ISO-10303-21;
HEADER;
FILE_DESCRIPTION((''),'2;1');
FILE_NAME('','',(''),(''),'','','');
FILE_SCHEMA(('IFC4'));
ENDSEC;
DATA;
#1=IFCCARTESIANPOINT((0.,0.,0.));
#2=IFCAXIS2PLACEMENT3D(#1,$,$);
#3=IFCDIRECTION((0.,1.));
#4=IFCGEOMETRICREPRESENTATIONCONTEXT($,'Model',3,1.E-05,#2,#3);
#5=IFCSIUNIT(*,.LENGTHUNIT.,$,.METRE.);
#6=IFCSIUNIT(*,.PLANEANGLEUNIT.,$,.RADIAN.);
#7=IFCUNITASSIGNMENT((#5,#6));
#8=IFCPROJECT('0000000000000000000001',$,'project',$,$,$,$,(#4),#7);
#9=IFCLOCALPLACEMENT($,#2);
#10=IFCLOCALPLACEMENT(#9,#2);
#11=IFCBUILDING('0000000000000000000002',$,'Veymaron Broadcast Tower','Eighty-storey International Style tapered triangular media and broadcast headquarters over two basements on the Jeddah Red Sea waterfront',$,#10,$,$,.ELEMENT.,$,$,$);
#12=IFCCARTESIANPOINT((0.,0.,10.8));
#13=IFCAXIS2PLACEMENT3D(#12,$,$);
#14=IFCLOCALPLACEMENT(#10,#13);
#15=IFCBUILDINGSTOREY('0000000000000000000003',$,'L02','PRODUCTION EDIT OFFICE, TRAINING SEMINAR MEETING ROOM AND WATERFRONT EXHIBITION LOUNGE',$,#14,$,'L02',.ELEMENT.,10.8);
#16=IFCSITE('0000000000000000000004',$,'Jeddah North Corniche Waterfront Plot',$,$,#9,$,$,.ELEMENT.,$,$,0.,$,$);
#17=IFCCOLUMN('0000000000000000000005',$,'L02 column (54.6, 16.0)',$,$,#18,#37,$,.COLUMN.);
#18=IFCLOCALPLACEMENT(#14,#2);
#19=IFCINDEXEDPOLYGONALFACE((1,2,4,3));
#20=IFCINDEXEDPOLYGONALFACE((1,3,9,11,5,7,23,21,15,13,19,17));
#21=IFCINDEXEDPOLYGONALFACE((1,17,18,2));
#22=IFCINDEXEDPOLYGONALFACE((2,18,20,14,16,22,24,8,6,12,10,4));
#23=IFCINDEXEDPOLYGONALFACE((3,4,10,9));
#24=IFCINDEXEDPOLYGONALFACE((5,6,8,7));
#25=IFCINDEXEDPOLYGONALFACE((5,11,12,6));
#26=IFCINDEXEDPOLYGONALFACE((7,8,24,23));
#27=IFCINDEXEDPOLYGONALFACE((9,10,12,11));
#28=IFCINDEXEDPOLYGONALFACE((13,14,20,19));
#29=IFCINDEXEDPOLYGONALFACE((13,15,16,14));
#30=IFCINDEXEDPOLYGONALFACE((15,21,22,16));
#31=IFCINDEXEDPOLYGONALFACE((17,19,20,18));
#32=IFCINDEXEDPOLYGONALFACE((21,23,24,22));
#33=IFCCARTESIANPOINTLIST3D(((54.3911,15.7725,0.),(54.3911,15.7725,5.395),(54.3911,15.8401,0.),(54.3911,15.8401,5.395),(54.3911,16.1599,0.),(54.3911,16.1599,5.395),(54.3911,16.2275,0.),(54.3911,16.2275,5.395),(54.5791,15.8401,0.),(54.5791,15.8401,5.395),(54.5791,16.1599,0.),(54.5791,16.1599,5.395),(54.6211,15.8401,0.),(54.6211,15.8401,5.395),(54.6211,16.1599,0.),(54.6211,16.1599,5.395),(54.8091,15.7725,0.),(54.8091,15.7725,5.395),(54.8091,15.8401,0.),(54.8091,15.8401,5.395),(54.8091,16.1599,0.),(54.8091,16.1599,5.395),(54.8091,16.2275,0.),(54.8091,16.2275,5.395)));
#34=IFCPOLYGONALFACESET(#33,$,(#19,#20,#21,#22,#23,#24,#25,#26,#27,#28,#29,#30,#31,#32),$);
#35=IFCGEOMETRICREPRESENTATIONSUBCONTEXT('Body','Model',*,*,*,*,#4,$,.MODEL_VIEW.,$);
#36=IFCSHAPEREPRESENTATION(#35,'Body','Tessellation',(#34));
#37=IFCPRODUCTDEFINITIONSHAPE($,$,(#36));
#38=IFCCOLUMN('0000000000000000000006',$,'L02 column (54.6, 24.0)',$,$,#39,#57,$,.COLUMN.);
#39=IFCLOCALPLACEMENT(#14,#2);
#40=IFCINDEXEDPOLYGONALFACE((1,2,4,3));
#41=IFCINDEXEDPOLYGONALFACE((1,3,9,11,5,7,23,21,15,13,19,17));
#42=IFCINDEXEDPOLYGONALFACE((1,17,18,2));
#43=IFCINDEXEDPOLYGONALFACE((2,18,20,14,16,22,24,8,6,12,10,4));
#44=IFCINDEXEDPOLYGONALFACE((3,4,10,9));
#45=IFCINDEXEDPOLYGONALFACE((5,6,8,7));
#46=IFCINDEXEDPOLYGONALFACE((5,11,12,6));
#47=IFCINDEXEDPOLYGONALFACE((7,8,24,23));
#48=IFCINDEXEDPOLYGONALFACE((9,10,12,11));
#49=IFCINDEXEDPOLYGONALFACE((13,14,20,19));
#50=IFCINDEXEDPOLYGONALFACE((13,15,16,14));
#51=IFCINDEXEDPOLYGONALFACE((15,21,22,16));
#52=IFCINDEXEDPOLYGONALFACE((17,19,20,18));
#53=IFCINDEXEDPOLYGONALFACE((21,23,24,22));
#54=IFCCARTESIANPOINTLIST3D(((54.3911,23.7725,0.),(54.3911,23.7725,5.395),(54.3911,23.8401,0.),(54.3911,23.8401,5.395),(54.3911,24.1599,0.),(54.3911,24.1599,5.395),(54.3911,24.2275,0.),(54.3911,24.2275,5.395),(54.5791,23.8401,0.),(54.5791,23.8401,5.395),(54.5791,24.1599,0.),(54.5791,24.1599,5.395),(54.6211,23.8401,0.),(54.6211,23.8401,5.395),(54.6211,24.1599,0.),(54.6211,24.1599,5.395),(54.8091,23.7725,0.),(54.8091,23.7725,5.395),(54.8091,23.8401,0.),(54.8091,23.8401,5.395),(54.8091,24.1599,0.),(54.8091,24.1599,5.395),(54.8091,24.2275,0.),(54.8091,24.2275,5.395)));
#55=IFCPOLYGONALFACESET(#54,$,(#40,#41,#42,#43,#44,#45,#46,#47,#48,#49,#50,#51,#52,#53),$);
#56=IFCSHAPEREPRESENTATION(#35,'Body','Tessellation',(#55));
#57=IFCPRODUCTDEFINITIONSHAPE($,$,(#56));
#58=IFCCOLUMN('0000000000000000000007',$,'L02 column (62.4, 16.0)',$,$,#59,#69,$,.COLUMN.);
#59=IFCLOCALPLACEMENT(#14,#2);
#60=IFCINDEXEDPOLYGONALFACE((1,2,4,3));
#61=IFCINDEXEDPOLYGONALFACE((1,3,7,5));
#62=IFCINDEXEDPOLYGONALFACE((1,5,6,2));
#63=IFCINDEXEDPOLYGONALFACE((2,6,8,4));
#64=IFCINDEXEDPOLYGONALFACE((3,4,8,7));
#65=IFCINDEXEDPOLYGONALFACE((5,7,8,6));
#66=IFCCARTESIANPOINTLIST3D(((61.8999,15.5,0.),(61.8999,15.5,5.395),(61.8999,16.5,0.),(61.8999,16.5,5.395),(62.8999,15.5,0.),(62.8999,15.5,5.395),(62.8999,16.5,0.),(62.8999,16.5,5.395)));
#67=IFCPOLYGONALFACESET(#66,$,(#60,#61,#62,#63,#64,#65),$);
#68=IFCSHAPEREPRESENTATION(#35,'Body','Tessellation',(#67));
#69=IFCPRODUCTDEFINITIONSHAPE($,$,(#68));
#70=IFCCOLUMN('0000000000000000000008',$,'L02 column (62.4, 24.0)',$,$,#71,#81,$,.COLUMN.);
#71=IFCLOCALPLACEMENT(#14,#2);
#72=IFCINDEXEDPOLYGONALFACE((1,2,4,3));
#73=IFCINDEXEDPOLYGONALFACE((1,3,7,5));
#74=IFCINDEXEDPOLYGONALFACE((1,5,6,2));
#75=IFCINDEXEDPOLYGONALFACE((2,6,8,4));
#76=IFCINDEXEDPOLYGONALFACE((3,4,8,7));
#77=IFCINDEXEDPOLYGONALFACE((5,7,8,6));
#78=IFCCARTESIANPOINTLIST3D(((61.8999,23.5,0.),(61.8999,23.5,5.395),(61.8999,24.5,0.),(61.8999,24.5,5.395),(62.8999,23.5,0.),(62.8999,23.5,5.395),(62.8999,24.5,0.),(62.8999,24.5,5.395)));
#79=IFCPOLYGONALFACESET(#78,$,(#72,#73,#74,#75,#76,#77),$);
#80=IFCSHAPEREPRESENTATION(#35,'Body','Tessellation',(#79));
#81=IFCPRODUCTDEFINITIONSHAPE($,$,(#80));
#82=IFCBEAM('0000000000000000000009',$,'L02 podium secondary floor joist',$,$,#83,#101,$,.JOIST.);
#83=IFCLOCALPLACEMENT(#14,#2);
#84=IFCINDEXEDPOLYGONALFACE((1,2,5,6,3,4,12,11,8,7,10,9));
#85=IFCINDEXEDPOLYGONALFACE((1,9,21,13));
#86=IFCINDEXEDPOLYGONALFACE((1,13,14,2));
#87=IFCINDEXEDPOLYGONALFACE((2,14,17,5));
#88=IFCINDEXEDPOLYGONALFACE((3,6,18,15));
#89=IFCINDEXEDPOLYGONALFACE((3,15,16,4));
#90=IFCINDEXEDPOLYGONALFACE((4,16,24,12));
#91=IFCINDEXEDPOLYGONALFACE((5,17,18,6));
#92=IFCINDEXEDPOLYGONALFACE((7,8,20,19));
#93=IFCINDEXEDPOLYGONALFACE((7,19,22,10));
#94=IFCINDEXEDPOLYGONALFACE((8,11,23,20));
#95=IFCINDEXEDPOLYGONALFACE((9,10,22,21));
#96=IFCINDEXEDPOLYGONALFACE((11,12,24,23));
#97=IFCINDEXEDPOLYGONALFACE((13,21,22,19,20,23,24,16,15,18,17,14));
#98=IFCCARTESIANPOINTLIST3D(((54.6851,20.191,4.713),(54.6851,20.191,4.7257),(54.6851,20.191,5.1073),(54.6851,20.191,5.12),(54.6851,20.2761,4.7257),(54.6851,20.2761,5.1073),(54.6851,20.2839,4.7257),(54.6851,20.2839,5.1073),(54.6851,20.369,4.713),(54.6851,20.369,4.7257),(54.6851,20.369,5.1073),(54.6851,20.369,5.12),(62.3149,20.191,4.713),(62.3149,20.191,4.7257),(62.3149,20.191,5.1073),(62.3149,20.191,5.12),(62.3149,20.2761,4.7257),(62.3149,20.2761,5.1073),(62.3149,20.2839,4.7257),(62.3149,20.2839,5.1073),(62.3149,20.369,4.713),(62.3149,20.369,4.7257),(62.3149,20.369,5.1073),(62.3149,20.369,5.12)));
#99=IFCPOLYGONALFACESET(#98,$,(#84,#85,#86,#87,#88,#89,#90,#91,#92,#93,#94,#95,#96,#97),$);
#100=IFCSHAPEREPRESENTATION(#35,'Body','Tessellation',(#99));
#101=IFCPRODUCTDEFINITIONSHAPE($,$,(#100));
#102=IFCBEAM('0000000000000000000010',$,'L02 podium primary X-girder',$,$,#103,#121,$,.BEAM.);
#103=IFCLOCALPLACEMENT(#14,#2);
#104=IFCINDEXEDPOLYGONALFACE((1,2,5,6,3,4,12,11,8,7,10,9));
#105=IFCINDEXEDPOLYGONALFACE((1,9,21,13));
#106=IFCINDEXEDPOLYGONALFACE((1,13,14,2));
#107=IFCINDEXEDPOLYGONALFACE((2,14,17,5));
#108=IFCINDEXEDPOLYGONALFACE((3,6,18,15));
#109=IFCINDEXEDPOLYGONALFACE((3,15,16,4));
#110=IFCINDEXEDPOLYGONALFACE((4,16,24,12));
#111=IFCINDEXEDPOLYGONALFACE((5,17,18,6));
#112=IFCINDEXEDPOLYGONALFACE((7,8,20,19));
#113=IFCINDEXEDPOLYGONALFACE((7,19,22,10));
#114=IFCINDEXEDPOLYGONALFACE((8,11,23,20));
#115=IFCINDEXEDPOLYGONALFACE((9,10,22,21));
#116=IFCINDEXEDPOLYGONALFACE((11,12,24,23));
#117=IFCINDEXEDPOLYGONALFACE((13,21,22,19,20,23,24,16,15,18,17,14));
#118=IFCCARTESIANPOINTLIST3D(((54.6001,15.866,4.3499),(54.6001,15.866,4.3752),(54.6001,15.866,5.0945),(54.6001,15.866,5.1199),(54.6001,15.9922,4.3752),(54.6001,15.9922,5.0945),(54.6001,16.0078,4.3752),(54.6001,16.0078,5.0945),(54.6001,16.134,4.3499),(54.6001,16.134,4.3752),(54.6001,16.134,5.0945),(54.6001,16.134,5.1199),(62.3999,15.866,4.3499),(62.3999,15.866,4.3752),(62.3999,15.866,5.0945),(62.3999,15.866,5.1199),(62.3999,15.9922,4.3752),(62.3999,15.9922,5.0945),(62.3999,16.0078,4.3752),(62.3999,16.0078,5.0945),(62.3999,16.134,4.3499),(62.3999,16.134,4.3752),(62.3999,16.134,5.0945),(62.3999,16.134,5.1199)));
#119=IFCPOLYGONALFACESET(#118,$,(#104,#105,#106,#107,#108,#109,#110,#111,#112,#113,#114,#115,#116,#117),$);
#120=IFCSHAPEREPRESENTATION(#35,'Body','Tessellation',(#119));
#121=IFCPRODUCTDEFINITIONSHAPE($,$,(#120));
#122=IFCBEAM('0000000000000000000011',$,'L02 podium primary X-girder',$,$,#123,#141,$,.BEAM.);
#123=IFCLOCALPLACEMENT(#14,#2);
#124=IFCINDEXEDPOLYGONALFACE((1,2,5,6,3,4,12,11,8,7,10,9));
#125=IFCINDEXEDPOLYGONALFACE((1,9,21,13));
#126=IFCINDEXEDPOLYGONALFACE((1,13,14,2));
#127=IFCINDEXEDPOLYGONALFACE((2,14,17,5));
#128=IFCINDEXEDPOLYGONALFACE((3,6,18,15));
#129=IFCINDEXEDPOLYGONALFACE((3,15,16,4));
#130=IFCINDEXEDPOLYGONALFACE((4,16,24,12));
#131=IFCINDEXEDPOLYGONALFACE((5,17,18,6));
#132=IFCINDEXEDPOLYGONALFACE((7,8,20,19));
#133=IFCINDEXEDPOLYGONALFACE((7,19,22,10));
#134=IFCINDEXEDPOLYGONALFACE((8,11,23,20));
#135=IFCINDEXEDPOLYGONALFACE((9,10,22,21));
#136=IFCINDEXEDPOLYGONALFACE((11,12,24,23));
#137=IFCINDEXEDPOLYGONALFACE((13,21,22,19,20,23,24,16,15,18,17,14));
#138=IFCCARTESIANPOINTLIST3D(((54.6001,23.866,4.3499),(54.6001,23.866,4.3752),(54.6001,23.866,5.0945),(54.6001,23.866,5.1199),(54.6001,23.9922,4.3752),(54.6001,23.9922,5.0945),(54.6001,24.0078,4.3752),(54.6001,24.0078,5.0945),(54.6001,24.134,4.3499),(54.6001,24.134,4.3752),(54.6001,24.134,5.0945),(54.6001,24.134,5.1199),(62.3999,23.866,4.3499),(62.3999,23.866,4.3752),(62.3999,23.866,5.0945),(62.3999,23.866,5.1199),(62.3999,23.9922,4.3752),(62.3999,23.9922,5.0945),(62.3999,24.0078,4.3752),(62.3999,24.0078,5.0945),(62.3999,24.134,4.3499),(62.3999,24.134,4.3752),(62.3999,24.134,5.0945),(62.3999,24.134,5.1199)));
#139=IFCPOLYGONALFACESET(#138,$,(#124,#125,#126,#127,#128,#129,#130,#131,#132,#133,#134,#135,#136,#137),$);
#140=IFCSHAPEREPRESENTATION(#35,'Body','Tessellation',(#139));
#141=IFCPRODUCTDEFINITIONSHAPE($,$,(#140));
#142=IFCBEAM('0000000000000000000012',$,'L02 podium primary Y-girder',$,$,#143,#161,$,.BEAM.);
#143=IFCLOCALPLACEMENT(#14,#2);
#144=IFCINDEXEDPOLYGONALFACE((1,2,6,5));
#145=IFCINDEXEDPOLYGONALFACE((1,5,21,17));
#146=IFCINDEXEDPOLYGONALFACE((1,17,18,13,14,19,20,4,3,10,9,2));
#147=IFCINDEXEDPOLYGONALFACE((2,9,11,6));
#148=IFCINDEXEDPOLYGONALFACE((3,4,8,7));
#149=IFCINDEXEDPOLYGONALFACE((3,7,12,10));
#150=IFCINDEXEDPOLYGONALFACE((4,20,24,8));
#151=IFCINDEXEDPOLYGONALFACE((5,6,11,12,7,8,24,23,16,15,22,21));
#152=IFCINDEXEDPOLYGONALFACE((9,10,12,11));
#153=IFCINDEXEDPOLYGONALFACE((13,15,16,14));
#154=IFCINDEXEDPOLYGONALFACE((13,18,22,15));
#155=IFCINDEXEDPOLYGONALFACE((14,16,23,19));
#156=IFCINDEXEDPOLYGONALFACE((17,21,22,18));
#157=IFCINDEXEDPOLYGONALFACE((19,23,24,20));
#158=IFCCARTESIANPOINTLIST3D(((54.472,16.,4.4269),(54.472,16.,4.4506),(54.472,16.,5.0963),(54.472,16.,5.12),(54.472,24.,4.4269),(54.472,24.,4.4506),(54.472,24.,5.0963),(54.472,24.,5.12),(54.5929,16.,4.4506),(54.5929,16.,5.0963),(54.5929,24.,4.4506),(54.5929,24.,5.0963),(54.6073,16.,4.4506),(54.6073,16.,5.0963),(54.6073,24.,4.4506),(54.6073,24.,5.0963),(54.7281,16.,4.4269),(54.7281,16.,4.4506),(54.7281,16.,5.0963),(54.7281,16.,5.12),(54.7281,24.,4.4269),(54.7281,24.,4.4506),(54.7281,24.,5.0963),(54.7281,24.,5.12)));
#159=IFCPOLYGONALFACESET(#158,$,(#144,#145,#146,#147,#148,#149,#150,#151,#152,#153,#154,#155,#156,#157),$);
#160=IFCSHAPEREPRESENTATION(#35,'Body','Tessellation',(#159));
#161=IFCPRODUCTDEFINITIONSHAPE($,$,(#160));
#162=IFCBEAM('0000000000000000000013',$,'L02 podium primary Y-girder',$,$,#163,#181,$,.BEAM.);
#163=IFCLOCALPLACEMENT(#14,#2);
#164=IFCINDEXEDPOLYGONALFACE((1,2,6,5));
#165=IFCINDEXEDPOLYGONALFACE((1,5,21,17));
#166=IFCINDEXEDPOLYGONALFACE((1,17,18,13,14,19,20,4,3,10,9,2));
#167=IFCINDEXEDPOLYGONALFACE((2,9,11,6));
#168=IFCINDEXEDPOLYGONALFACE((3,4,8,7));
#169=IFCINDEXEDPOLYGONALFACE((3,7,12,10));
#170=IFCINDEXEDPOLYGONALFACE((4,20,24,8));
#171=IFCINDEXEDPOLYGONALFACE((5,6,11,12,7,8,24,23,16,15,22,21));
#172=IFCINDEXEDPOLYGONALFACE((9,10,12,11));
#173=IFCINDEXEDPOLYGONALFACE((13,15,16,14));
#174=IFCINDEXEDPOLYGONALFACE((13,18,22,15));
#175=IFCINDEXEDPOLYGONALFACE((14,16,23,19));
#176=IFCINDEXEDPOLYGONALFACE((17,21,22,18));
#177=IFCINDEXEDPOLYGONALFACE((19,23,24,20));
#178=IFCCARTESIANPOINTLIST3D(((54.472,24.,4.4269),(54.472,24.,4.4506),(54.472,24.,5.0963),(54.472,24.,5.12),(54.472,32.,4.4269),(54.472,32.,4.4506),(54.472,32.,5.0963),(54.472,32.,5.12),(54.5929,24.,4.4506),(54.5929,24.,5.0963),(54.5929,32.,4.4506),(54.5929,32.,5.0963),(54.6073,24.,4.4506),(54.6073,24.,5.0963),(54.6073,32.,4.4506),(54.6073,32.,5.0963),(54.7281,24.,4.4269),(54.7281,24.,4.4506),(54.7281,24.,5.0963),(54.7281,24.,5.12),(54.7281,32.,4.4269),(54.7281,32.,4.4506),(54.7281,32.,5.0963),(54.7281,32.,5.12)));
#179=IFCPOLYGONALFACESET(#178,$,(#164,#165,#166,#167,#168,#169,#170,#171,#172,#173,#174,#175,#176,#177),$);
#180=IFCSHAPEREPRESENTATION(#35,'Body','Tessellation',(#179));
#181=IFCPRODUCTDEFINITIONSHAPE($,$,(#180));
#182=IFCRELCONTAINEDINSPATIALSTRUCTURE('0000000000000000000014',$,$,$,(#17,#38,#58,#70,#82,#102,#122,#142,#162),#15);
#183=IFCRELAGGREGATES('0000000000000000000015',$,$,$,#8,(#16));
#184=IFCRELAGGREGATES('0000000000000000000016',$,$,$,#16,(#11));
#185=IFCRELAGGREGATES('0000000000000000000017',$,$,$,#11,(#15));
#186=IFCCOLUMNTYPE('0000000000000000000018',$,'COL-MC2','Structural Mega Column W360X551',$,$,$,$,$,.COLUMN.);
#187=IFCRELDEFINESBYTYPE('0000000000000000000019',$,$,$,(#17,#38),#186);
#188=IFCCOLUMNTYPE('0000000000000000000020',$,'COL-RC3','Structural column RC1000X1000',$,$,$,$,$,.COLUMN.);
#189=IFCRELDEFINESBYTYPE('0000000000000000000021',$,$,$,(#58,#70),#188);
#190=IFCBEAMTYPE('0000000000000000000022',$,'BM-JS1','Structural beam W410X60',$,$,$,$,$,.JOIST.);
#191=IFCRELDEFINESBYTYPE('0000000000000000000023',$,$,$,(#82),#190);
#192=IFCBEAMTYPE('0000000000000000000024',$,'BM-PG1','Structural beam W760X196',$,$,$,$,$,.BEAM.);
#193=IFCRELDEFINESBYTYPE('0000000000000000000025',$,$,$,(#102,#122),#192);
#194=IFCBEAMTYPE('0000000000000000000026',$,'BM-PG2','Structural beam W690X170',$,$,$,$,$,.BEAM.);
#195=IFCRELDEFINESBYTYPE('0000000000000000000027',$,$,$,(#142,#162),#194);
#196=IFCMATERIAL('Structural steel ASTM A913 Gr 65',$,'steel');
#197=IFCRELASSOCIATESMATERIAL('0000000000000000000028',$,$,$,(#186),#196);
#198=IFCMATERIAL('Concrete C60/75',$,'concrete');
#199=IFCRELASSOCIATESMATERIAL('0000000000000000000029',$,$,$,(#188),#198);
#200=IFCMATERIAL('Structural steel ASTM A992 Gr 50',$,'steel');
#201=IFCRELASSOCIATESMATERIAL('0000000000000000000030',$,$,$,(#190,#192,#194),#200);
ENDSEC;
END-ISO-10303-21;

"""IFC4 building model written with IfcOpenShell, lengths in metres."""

from ifc_helpers import new_model, si_unit, direction, frame, origin, origin_2d, place, context, subcontext, project, spatial, rectangle, i_section, extrude, material, material_profile, profile_set, type_object, element, save


model = new_model("IFC4")

# Units and contexts
model_context = context("Model", 3, precision=1e-05, world=origin(), true_north=direction((0.0, 1.0)))
body_context = subcontext(model_context, "Body", "Model", "MODEL_VIEW")
ifc_project = project(units=[si_unit("LENGTHUNIT", "METRE"), si_unit("PLANEANGLEUNIT", "RADIAN")], contexts=[model_context])

# Site, building, storey
site_placement = place(None, origin())
site = spatial("IfcSite", under=ifc_project, at=site_placement, Name="Jeddah North Corniche Waterfront Plot", CompositionType="ELEMENT", RefElevation=0.0)
building_placement = place(site_placement, origin())
building = spatial("IfcBuilding", under=site, at=building_placement, Name="Veymaron Broadcast Tower", Description="Eighty-storey International Style tapered triangular media and broadcast headquarters over two basements on the Jeddah Red Sea waterfront", CompositionType="ELEMENT")
storey_placement = place(building_placement, frame((0.0, 0.0, 10.8)))
storey = spatial("IfcBuildingStorey", under=building, at=storey_placement, Name="L02", Description="PRODUCTION EDIT OFFICE, TRAINING SEMINAR MEETING ROOM AND WATERFRONT EXHIBITION LOUNGE", LongName="L02", CompositionType="ELEMENT", Elevation=10.8)

# Columns
ifc_material_1 = material(Name="Structural steel ASTM A913 Gr 65", Category="steel")
ifc_material_profile_1 = material_profile(ifc_material_1, i_section(OverallWidth=0.418, OverallDepth=0.4551, WebThickness=0.042, FlangeThickness=0.0676, at=origin_2d()), Name="W360X551")
ifc_profile_set_1 = profile_set([ifc_material_profile_1], Name="Structural steel ASTM A913 Gr 65")
column_type_1 = type_object("IfcColumnType", Name="COL-MC2", Description="Structural Mega Column W360X551", PredefinedType="COLUMN", material=ifc_profile_set_1)
for number, where, z_axis, x_axis, name in (
    (1, (54.6001, 16.0, 0.0), (0.0, 0.0, 1.0), (1.0, 0.0, 0.0), "L02 column (54.6, 16.0)"),
    (2, (54.6001, 24.0, 0.0), (0.0, 0.0, 1.0), (1.0, 0.0, 0.0), "L02 column (54.6, 24.0)"),
):
    element("IfcColumn", number, at=place(storey_placement, frame(where, z_axis=z_axis, x_axis=x_axis)), inside=storey, type_object=column_type_1, Name=name, PredefinedType="COLUMN", context=body_context, shape_type="SweptSolid", body=[
        extrude(i_section(OverallWidth=0.418, OverallDepth=0.4551, WebThickness=0.042, FlangeThickness=0.0676, at=origin_2d()), origin(), (0.0, 0.0, 1.0), 5.395),
    ])
ifc_material_2 = material(Name="Concrete C60/75", Category="concrete")
ifc_material_profile_2 = material_profile(ifc_material_2, rectangle(XDim=1.0, YDim=1.0, at=origin_2d()), Name="RC1000X1000")
ifc_profile_set_2 = profile_set([ifc_material_profile_2], Name="Concrete C60/75")
column_type_2 = type_object("IfcColumnType", Name="COL-RC3", Description="Structural column RC1000X1000", PredefinedType="COLUMN", material=ifc_profile_set_2)
for number, where, z_axis, x_axis, name in (
    (3, (62.3999, 16.0, 0.0), (0.0, 0.0, 1.0), (1.0, 0.0, 0.0), "L02 column (62.4, 16.0)"),
    (4, (62.3999, 24.0, 0.0), (0.0, 0.0, 1.0), (1.0, 0.0, 0.0), "L02 column (62.4, 24.0)"),
):
    element("IfcColumn", number, at=place(storey_placement, frame(where, z_axis=z_axis, x_axis=x_axis)), inside=storey, type_object=column_type_2, Name=name, PredefinedType="COLUMN", context=body_context, shape_type="SweptSolid", body=[
        extrude(rectangle(XDim=1.0, YDim=1.0, at=origin_2d()), origin(), (0.0, 0.0, 1.0), 5.395),
    ])

# Beams
ifc_material_3 = material(Name="Structural steel ASTM A992 Gr 50", Category="steel")
ifc_material_profile_3 = material_profile(ifc_material_3, i_section(OverallWidth=0.178, OverallDepth=0.407, WebThickness=0.0078, FlangeThickness=0.0127, at=origin_2d()), Name="W410X60")
ifc_profile_set_3 = profile_set([ifc_material_profile_3], Name="Structural steel ASTM A992 Gr 50")
beam_type_1 = type_object("IfcBeamType", Name="BM-JS1", Description="Structural beam W410X60", PredefinedType="JOIST", material=ifc_profile_set_3)
beam_placement = place(storey_placement, frame((54.6851, 20.28, 4.9165), z_axis=(1.0, 0.0, 0.0), x_axis=(0.0, 1.0, 0.0)))
element("IfcBeam", 5, at=beam_placement, inside=storey, type_object=beam_type_1, Name="L02 podium secondary floor joist", PredefinedType="JOIST", context=body_context, shape_type="SweptSolid", body=[
    extrude(i_section(OverallWidth=0.178, OverallDepth=0.407, WebThickness=0.0078, FlangeThickness=0.0127, at=origin_2d()), origin(), (0.0, 0.0, 1.0), 7.6299),
])
ifc_material_profile_4 = material_profile(ifc_material_3, i_section(OverallWidth=0.2681, OverallDepth=0.77, WebThickness=0.0156, FlangeThickness=0.0254, at=origin_2d()), Name="W760X196")
ifc_profile_set_4 = profile_set([ifc_material_profile_4], Name="Structural steel ASTM A992 Gr 50")
beam_type_2 = type_object("IfcBeamType", Name="BM-PG1", Description="Structural beam W760X196", PredefinedType="BEAM", material=ifc_profile_set_4)
for number, where, z_axis, x_axis, name in (
    (6, (54.6001, 16.0, 4.7349), (1.0, 0.0, 0.0), (0.0, 1.0, 0.0), "L02 podium primary X-girder"),
    (7, (54.6001, 24.0, 4.7349), (1.0, 0.0, 0.0), (0.0, 1.0, 0.0), "L02 podium primary X-girder"),
):
    element("IfcBeam", number, at=place(storey_placement, frame(where, z_axis=z_axis, x_axis=x_axis)), inside=storey, type_object=beam_type_2, Name=name, PredefinedType="BEAM", context=body_context, shape_type="SweptSolid", body=[
        extrude(i_section(OverallWidth=0.2681, OverallDepth=0.77, WebThickness=0.0156, FlangeThickness=0.0254, at=origin_2d()), origin(), (0.0, 0.0, 1.0), 7.7998),
    ])
ifc_material_profile_5 = material_profile(ifc_material_3, i_section(OverallWidth=0.2561, OverallDepth=0.6931, WebThickness=0.0144, FlangeThickness=0.0237, at=origin_2d()), Name="W690X170")
ifc_profile_set_5 = profile_set([ifc_material_profile_5], Name="Structural steel ASTM A992 Gr 50")
beam_type_3 = type_object("IfcBeamType", Name="BM-PG2", Description="Structural beam W690X170", PredefinedType="BEAM", material=ifc_profile_set_5)
for number, where, z_axis, x_axis, name in (
    (8, (54.6001, 16.0, 4.7734), (0.0, 1.0, 0.0), (-1.0, 0.0, 0.0), "L02 podium primary Y-girder"),
    (9, (54.6001, 24.0, 4.7734), (0.0, 1.0, 0.0), (-1.0, 0.0, 0.0), "L02 podium primary Y-girder"),
):
    element("IfcBeam", number, at=place(storey_placement, frame(where, z_axis=z_axis, x_axis=x_axis)), inside=storey, type_object=beam_type_3, Name=name, PredefinedType="BEAM", context=body_context, shape_type="SweptSolid", body=[
        extrude(i_section(OverallWidth=0.2561, OverallDepth=0.6931, WebThickness=0.0144, FlangeThickness=0.0237, at=origin_2d()), origin(), (0.0, 0.0, 1.0), 8.0),
    ])

save(model, "model.ifc")
